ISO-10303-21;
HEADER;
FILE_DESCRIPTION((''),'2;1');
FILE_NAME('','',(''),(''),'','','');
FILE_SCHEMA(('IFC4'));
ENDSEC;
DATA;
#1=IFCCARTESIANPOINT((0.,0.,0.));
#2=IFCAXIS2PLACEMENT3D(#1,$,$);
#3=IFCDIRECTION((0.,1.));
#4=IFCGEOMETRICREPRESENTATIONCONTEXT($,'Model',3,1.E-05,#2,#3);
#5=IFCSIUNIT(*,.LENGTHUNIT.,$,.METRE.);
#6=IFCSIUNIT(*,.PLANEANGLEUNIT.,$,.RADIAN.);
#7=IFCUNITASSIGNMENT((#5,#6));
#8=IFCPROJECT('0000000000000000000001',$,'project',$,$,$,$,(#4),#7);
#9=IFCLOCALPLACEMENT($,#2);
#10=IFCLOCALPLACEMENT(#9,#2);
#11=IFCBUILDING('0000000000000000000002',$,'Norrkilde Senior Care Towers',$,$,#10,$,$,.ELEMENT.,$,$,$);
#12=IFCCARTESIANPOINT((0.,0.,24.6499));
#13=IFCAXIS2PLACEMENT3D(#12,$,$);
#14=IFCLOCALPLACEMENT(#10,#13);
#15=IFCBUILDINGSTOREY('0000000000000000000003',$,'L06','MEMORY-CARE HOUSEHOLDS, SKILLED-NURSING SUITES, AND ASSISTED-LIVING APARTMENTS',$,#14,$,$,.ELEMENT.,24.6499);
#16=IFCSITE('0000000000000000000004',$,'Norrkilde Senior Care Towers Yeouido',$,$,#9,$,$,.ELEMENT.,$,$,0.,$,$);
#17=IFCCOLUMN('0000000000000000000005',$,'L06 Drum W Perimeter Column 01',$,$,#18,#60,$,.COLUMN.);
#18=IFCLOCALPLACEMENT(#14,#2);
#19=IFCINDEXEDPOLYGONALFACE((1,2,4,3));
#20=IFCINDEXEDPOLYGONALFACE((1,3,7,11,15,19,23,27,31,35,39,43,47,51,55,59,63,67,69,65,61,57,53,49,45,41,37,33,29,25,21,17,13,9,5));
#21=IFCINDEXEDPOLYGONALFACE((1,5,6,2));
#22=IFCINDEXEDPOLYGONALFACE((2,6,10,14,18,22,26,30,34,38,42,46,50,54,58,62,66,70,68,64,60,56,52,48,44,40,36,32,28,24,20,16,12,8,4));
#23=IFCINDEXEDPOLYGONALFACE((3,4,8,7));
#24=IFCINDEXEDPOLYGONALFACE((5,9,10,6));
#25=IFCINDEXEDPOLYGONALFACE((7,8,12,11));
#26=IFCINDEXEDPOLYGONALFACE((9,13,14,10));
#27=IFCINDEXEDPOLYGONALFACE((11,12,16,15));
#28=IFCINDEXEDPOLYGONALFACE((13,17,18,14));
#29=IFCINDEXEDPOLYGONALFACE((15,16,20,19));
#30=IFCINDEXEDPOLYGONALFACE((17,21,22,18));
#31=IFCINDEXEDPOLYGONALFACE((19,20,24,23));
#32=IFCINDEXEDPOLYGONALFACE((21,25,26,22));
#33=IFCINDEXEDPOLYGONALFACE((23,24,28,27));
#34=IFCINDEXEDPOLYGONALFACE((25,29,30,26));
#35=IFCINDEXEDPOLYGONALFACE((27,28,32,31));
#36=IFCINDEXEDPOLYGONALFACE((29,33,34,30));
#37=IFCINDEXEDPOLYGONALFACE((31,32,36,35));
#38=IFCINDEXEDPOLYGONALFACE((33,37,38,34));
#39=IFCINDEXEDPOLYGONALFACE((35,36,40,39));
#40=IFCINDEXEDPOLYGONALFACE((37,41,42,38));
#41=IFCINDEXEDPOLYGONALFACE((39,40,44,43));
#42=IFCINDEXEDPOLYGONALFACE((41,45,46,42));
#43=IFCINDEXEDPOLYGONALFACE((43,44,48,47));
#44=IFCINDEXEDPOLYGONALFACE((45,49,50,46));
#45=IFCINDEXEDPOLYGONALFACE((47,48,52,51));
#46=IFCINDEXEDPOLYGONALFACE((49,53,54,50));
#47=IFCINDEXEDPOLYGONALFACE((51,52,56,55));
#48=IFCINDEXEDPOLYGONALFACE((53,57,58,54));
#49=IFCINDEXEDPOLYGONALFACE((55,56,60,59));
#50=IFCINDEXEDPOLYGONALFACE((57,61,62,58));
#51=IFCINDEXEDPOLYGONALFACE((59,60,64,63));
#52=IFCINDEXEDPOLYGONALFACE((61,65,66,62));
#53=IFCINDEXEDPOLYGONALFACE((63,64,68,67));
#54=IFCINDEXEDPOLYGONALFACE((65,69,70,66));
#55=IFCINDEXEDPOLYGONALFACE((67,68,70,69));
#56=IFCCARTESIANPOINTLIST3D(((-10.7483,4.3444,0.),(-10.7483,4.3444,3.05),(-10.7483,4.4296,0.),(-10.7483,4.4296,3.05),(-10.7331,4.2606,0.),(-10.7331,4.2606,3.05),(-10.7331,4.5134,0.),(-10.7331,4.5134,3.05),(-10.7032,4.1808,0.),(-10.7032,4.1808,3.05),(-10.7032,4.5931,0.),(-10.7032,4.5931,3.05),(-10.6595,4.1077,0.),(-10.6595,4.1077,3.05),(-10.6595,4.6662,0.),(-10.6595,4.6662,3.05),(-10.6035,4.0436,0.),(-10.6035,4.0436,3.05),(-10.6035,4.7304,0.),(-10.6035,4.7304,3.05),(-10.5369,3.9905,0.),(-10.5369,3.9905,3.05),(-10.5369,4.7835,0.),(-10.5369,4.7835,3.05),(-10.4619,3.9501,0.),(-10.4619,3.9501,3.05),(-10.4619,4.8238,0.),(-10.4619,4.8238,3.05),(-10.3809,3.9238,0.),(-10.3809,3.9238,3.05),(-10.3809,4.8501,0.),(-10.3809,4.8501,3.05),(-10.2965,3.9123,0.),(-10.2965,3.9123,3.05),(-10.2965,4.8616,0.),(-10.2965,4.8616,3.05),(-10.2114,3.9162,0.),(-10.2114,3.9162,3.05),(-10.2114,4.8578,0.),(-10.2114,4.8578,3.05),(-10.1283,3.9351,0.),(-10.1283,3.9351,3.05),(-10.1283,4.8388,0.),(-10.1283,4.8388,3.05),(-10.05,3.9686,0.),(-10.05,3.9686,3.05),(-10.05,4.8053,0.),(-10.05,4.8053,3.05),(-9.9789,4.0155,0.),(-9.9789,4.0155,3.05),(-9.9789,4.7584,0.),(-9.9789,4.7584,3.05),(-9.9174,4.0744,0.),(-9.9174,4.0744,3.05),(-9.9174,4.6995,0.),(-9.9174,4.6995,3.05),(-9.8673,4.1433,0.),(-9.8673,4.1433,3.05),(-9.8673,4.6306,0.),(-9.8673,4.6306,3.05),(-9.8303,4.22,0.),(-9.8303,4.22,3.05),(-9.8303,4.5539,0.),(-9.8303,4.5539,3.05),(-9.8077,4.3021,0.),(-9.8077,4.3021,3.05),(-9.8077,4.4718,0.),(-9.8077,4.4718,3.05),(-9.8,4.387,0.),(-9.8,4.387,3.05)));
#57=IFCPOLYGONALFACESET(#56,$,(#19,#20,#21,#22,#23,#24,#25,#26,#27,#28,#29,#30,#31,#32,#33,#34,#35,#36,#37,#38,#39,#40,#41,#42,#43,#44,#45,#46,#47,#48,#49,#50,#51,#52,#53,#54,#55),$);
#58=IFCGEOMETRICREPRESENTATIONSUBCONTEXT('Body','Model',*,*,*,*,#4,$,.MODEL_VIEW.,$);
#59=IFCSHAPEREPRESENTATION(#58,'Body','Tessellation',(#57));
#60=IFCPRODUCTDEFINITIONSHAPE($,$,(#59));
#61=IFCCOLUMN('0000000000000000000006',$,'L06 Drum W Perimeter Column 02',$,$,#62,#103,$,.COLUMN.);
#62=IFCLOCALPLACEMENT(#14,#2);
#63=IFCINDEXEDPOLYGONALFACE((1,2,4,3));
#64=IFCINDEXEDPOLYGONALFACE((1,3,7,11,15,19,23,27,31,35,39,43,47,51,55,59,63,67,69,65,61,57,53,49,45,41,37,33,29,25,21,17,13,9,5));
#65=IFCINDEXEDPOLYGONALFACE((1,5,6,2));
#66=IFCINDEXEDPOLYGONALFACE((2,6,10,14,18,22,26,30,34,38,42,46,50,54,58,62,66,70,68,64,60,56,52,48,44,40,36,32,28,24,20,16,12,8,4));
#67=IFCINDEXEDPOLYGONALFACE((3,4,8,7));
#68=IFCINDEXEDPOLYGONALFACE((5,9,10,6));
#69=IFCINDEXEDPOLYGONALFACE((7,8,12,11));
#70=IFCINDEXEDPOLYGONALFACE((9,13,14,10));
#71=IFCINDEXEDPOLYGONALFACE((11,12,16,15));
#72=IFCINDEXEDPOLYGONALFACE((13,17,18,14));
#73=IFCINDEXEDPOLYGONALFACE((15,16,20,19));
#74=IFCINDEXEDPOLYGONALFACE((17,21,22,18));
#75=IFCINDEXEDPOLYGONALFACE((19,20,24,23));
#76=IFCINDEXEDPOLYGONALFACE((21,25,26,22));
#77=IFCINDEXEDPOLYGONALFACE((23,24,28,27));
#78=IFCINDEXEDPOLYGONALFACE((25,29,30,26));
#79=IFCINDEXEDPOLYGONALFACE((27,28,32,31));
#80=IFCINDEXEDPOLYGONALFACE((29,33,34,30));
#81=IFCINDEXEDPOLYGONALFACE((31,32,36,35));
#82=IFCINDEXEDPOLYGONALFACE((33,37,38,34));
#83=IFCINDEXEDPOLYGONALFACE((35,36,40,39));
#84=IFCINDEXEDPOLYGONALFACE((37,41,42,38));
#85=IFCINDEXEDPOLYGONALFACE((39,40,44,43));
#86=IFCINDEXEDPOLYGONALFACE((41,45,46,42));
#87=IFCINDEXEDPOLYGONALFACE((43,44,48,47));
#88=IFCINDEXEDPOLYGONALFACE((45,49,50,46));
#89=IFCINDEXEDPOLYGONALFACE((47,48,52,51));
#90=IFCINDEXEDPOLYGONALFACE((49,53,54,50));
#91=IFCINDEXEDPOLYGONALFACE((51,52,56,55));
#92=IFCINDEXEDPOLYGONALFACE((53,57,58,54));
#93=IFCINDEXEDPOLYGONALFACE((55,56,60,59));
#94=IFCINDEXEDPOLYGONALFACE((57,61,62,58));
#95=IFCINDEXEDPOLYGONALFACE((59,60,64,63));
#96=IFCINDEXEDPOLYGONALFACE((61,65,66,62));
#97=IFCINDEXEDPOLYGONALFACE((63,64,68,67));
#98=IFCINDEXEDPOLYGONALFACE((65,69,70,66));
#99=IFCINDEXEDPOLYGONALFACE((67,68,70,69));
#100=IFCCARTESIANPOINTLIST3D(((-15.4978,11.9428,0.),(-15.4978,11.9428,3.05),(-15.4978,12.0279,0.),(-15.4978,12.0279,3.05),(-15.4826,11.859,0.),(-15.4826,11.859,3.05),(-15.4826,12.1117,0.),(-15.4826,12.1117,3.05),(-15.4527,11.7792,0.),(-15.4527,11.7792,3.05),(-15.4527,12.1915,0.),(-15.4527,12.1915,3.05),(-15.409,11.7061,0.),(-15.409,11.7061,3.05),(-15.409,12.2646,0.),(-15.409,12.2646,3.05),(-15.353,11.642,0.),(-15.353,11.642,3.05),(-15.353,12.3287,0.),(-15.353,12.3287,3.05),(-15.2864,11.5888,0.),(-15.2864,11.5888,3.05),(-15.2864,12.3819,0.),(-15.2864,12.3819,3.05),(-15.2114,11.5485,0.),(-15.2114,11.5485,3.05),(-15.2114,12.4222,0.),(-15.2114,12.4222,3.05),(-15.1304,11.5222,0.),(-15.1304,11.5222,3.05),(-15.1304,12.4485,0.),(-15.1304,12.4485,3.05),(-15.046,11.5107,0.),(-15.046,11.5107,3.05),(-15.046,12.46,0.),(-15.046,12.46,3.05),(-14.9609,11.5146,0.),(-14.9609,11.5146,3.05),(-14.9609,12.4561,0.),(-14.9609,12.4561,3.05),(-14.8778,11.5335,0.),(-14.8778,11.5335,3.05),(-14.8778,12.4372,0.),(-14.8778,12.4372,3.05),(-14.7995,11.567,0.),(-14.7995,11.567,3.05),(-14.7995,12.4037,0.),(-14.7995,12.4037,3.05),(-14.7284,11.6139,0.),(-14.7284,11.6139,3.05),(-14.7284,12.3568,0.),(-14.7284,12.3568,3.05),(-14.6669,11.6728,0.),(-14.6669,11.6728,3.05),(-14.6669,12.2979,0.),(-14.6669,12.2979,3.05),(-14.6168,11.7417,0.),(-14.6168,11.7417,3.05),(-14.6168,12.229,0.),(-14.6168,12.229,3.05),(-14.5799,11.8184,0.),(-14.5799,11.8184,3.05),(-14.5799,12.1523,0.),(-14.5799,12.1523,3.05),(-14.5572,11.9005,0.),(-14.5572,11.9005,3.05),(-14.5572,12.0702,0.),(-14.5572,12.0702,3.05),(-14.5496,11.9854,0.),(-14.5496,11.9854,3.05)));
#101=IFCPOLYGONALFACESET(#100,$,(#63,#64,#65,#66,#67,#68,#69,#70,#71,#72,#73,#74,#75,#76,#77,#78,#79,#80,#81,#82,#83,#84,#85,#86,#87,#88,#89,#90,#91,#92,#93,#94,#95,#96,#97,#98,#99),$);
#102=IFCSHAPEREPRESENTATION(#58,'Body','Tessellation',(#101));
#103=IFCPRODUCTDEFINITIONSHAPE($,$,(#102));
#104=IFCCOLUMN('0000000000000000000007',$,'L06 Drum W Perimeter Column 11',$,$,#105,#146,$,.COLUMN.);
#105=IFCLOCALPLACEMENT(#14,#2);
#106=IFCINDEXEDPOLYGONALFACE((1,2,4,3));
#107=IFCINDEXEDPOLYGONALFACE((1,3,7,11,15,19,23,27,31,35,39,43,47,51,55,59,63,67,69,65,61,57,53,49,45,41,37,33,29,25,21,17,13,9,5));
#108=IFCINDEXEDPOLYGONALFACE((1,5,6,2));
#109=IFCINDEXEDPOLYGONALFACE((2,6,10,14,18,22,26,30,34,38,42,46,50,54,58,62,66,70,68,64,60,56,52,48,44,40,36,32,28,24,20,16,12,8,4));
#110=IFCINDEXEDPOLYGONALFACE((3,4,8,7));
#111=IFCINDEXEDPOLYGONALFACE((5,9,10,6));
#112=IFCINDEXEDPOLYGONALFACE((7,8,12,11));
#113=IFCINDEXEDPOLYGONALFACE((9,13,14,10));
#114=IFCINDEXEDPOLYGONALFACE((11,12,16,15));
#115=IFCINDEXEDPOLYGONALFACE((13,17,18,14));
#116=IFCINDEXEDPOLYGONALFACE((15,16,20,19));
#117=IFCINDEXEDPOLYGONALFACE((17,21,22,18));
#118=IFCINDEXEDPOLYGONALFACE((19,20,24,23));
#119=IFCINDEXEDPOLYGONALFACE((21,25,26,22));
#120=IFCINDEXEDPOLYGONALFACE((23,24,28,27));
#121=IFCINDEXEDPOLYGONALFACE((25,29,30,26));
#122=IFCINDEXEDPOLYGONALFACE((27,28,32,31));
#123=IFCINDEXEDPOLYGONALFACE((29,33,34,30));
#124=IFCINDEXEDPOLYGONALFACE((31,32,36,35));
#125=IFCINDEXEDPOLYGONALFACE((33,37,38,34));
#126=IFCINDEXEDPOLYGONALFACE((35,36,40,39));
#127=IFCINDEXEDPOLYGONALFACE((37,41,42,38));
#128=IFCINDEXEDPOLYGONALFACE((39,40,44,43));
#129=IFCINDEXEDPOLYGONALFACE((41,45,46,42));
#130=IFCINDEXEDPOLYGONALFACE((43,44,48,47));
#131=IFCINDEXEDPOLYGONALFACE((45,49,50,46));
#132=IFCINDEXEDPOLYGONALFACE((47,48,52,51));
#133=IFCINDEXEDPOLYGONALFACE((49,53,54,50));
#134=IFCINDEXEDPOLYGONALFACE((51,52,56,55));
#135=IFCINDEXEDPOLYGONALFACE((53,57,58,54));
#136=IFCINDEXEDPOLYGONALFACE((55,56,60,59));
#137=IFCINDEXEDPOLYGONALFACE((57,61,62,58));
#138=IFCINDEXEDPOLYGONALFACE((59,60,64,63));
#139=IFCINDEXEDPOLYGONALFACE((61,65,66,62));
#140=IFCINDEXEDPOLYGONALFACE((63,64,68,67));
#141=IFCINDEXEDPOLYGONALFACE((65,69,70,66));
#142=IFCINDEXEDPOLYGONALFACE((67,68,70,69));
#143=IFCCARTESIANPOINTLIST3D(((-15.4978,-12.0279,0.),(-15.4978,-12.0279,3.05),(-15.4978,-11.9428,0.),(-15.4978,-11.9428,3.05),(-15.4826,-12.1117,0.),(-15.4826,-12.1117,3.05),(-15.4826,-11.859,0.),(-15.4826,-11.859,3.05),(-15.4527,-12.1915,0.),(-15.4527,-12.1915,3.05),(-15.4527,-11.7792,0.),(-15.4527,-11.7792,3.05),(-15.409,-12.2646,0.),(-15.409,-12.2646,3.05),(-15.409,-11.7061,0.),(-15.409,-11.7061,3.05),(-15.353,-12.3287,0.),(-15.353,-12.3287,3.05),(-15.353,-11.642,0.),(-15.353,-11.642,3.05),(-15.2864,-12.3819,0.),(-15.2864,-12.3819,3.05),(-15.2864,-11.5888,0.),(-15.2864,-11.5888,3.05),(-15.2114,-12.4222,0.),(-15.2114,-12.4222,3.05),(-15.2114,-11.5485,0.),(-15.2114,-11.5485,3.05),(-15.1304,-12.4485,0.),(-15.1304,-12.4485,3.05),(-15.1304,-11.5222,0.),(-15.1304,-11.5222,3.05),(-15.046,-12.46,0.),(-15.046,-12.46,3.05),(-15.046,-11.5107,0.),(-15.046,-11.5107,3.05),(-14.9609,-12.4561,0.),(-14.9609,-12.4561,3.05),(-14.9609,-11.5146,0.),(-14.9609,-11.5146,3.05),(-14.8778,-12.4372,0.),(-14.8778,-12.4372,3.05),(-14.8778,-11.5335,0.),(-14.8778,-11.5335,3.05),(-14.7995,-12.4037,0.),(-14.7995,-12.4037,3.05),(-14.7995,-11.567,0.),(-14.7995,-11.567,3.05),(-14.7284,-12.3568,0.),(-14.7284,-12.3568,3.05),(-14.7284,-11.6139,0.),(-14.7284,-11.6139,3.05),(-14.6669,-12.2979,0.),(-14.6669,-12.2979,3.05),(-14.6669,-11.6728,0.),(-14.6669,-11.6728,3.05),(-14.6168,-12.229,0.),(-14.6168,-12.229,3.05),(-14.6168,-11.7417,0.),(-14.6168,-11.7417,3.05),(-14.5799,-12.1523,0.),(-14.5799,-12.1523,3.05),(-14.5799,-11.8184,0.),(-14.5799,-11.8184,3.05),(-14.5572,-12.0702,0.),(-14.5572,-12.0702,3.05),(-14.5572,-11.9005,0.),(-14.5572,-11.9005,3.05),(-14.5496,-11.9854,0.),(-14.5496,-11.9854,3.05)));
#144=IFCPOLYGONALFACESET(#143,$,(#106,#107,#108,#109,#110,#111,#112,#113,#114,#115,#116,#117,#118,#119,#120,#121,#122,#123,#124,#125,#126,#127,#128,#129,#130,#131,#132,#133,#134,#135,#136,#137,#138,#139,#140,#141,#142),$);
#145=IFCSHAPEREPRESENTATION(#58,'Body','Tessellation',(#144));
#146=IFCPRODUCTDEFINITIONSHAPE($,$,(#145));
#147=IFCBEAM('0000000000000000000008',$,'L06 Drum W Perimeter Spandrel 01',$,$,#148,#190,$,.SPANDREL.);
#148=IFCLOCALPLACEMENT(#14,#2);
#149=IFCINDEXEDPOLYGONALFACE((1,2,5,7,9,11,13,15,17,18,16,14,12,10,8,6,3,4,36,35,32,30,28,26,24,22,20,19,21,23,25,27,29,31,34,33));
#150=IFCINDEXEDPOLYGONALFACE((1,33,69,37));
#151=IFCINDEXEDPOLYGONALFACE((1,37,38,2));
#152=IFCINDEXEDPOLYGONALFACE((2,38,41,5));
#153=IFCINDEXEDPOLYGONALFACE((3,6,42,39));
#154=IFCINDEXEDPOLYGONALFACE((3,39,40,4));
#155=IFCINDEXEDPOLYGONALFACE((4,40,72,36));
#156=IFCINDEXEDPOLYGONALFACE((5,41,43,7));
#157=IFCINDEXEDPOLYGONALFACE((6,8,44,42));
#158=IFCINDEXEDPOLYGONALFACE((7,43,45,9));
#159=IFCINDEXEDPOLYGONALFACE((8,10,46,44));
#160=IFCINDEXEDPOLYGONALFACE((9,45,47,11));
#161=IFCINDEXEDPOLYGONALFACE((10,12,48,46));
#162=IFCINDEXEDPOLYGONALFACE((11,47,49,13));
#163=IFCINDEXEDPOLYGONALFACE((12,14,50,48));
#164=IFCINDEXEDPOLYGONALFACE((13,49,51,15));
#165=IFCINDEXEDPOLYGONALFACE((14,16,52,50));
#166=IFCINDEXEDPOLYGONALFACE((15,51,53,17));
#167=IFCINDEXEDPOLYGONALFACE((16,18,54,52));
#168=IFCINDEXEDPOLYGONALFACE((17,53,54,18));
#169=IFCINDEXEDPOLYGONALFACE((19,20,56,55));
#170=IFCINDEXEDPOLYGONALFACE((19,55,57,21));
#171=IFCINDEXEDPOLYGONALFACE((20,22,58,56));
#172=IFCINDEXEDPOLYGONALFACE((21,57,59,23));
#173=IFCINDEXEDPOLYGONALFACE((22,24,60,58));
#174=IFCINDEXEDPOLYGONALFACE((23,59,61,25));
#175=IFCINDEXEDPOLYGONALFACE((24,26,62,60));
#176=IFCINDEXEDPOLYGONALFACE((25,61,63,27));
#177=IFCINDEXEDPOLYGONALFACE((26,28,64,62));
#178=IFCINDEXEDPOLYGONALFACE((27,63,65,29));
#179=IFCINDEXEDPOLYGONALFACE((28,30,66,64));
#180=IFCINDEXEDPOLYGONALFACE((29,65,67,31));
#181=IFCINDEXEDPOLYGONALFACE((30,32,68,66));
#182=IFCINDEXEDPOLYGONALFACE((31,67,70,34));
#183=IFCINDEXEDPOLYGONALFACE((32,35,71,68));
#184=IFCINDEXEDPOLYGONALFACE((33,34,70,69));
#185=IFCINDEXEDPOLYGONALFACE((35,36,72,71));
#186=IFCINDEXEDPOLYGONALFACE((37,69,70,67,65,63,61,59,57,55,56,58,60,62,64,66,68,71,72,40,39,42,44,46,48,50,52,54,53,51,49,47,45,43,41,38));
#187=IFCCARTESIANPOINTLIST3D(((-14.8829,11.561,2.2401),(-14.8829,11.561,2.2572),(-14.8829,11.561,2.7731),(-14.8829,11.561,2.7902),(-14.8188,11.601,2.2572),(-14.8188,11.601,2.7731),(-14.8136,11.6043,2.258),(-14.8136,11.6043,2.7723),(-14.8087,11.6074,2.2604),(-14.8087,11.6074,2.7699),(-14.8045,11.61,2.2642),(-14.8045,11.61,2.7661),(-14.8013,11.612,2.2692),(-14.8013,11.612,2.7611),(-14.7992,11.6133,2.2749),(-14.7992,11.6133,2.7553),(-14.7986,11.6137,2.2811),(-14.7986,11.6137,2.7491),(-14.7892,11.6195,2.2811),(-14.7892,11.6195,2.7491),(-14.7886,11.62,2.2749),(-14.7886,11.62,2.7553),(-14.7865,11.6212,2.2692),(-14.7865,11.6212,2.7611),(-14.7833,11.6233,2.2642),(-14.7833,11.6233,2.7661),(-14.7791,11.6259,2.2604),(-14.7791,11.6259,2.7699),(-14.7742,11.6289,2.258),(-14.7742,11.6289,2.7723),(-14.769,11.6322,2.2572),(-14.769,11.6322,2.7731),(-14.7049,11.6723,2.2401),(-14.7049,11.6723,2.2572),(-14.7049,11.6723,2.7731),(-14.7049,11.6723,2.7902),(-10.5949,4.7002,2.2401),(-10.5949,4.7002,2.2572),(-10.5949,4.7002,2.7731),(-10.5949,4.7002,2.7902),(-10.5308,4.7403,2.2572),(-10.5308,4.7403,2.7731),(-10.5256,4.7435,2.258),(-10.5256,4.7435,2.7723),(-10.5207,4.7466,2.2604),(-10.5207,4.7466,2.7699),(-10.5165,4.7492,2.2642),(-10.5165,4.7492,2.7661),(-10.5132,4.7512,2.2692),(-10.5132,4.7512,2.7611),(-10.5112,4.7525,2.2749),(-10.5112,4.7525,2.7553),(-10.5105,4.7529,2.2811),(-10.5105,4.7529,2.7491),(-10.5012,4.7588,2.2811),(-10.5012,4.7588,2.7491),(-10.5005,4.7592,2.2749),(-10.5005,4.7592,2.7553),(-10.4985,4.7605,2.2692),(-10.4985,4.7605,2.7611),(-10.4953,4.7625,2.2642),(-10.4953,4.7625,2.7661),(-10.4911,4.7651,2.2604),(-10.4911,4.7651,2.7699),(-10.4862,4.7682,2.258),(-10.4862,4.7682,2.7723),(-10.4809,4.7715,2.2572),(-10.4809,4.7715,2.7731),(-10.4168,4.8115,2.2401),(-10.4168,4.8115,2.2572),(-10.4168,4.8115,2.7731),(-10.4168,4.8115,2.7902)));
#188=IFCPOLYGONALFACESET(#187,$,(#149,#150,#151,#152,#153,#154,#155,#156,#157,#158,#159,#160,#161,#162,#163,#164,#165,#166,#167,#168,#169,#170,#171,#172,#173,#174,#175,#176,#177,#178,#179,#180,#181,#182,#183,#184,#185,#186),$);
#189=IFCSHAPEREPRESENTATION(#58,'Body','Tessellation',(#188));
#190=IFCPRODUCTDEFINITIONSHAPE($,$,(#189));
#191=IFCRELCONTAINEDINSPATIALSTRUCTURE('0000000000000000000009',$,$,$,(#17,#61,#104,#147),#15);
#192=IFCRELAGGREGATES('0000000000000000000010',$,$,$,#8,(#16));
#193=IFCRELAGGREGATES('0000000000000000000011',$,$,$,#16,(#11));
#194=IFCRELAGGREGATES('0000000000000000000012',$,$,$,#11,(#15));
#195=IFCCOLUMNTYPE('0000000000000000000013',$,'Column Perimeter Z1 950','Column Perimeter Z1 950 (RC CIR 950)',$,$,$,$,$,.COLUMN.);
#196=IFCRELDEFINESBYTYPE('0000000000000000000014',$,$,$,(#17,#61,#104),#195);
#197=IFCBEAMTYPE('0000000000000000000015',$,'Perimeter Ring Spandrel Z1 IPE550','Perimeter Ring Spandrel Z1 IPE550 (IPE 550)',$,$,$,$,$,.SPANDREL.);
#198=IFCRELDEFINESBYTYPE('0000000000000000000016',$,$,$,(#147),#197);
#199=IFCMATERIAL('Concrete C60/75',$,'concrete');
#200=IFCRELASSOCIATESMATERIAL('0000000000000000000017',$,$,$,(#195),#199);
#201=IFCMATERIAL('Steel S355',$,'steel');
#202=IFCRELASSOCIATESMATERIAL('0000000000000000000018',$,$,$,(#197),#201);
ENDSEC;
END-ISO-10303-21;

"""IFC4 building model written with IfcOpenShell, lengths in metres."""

from ifc_helpers import new_model, si_unit, direction, frame, origin, origin_2d, place, context, subcontext, project, spatial, circle, i_section, extrude, source, transform, mapped, material, material_profile, profile_set, type_object, type_shapes, element, save


model = new_model("IFC4")

# Units and contexts
model_context = context("Model", 3, precision=1e-05, world=origin(), true_north=direction((0.0, 1.0)))
body_context = subcontext(model_context, "Body", "Model", "MODEL_VIEW")
ifc_project = project(units=[si_unit("LENGTHUNIT", "METRE"), si_unit("PLANEANGLEUNIT", "RADIAN")], contexts=[model_context])

# Site, building, storey
site_placement = place(None, origin())
site = spatial("IfcSite", under=ifc_project, at=site_placement, Name="Norrkilde Senior Care Towers Yeouido", CompositionType="ELEMENT", RefElevation=0.0)
building_placement = place(site_placement, origin())
building = spatial("IfcBuilding", under=site, at=building_placement, Name="Norrkilde Senior Care Towers", CompositionType="ELEMENT")
storey_placement = place(building_placement, frame((0.0, 0.0, 24.6499)))
storey = spatial("IfcBuildingStorey", under=building, at=storey_placement, Name="L06", Description="MEMORY-CARE HOUSEHOLDS, SKILLED-NURSING SUITES, AND ASSISTED-LIVING APARTMENTS", CompositionType="ELEMENT", Elevation=24.6499)

# Columns
ifc_material_1 = material(Name="Concrete C60/75", Category="concrete")
ifc_material_profile_1 = material_profile(ifc_material_1, circle(Radius=0.4751, at=origin_2d()), Name="RC CIR 950")
ifc_profile_set_1 = profile_set([ifc_material_profile_1], Name="Concrete C60/75")
column_type = type_object("IfcColumnType", Name="Column Perimeter Z1 950", Description="Column Perimeter Z1 950 (RC CIR 950)", PredefinedType="COLUMN", material=ifc_profile_set_1)
shared_shape_1 = source(origin(), body_context, "Body", "SweptSolid", [
    extrude(circle(Radius=0.4751, at=origin_2d()), origin(), (0.0, 0.0, 1.0), 3.05),
])
type_shapes(column_type, [shared_shape_1])
for number, where, z_axis, x_axis, name in (
    (1, (-10.2751, 4.387, 0.0), (0.0, 0.0, 1.0), (1.0, 0.0, 0.0), "L06 Drum W Perimeter Column 01"),
    (2, (-15.0247, 11.9854, 0.0), (0.0, 0.0, 1.0), (1.0, 0.0, 0.0), "L06 Drum W Perimeter Column 02"),
    (3, (-15.0247, -11.9854, 0.0), (0.0, 0.0, 1.0), (1.0, 0.0, 0.0), "L06 Drum W Perimeter Column 11"),
):
    element("IfcColumn", number, at=place(storey_placement, frame(where, z_axis=z_axis, x_axis=x_axis)), inside=storey, type_object=column_type, Name=name, PredefinedType="COLUMN", context=body_context, shape_type="MappedRepresentation", body=[
        mapped(shared_shape_1, transform((0.0, 0.0, 0.0), x_axis=(1.0, 0.0, 0.0), y_axis=(0.0, 1.0, 0.0), z_axis=(0.0, 0.0, 1.0), scale=1.0)),
    ])

# Beam
ifc_material_2 = material(Name="Steel S355", Category="steel")
ifc_material_profile_2 = material_profile(ifc_material_2, i_section(OverallWidth=0.21, OverallDepth=0.55, WebThickness=0.011, FlangeThickness=0.0171, FilletRadius=0.0239, at=origin_2d()), Name="IPE 550")
ifc_profile_set_2 = profile_set([ifc_material_profile_2], Name="Steel S355")
beam_type_1 = type_object("IfcBeamType", Name="Perimeter Ring Spandrel Z1 IPE550", Description="Perimeter Ring Spandrel Z1 IPE550 (IPE 550)", PredefinedType="SPANDREL", material=ifc_profile_set_2)
shared_shape_2 = source(origin(), body_context, "Body", "SweptSolid", [
    extrude(i_section(OverallWidth=0.21, OverallDepth=0.55, WebThickness=0.011, FlangeThickness=0.0171, FilletRadius=0.0239, at=origin_2d()), origin(), (0.0, 0.0, 1.0), 8.0906),
])
for number, where, z_axis, x_axis, name in (
    (4, (-10.5059, 4.7559, 2.5151), (-0.530004, 0.847995, 0.0), (-0.847995, -0.530004, 0.0), "L06 Drum W Perimeter Spandrel 01"),
):
    element("IfcBeam", number, at=place(storey_placement, frame(where, z_axis=z_axis, x_axis=x_axis)), inside=storey, type_object=beam_type_1, Name=name, PredefinedType="SPANDREL", context=body_context, shape_type="MappedRepresentation", body=[
        mapped(shared_shape_2, transform((0.0, 0.0, 0.0), x_axis=(1.0, 0.0, 0.0), y_axis=(0.0, 1.0, 0.0), z_axis=(0.0, 0.0, 1.0), scale=1.0)),
    ])

save(model, "model.ifc")
